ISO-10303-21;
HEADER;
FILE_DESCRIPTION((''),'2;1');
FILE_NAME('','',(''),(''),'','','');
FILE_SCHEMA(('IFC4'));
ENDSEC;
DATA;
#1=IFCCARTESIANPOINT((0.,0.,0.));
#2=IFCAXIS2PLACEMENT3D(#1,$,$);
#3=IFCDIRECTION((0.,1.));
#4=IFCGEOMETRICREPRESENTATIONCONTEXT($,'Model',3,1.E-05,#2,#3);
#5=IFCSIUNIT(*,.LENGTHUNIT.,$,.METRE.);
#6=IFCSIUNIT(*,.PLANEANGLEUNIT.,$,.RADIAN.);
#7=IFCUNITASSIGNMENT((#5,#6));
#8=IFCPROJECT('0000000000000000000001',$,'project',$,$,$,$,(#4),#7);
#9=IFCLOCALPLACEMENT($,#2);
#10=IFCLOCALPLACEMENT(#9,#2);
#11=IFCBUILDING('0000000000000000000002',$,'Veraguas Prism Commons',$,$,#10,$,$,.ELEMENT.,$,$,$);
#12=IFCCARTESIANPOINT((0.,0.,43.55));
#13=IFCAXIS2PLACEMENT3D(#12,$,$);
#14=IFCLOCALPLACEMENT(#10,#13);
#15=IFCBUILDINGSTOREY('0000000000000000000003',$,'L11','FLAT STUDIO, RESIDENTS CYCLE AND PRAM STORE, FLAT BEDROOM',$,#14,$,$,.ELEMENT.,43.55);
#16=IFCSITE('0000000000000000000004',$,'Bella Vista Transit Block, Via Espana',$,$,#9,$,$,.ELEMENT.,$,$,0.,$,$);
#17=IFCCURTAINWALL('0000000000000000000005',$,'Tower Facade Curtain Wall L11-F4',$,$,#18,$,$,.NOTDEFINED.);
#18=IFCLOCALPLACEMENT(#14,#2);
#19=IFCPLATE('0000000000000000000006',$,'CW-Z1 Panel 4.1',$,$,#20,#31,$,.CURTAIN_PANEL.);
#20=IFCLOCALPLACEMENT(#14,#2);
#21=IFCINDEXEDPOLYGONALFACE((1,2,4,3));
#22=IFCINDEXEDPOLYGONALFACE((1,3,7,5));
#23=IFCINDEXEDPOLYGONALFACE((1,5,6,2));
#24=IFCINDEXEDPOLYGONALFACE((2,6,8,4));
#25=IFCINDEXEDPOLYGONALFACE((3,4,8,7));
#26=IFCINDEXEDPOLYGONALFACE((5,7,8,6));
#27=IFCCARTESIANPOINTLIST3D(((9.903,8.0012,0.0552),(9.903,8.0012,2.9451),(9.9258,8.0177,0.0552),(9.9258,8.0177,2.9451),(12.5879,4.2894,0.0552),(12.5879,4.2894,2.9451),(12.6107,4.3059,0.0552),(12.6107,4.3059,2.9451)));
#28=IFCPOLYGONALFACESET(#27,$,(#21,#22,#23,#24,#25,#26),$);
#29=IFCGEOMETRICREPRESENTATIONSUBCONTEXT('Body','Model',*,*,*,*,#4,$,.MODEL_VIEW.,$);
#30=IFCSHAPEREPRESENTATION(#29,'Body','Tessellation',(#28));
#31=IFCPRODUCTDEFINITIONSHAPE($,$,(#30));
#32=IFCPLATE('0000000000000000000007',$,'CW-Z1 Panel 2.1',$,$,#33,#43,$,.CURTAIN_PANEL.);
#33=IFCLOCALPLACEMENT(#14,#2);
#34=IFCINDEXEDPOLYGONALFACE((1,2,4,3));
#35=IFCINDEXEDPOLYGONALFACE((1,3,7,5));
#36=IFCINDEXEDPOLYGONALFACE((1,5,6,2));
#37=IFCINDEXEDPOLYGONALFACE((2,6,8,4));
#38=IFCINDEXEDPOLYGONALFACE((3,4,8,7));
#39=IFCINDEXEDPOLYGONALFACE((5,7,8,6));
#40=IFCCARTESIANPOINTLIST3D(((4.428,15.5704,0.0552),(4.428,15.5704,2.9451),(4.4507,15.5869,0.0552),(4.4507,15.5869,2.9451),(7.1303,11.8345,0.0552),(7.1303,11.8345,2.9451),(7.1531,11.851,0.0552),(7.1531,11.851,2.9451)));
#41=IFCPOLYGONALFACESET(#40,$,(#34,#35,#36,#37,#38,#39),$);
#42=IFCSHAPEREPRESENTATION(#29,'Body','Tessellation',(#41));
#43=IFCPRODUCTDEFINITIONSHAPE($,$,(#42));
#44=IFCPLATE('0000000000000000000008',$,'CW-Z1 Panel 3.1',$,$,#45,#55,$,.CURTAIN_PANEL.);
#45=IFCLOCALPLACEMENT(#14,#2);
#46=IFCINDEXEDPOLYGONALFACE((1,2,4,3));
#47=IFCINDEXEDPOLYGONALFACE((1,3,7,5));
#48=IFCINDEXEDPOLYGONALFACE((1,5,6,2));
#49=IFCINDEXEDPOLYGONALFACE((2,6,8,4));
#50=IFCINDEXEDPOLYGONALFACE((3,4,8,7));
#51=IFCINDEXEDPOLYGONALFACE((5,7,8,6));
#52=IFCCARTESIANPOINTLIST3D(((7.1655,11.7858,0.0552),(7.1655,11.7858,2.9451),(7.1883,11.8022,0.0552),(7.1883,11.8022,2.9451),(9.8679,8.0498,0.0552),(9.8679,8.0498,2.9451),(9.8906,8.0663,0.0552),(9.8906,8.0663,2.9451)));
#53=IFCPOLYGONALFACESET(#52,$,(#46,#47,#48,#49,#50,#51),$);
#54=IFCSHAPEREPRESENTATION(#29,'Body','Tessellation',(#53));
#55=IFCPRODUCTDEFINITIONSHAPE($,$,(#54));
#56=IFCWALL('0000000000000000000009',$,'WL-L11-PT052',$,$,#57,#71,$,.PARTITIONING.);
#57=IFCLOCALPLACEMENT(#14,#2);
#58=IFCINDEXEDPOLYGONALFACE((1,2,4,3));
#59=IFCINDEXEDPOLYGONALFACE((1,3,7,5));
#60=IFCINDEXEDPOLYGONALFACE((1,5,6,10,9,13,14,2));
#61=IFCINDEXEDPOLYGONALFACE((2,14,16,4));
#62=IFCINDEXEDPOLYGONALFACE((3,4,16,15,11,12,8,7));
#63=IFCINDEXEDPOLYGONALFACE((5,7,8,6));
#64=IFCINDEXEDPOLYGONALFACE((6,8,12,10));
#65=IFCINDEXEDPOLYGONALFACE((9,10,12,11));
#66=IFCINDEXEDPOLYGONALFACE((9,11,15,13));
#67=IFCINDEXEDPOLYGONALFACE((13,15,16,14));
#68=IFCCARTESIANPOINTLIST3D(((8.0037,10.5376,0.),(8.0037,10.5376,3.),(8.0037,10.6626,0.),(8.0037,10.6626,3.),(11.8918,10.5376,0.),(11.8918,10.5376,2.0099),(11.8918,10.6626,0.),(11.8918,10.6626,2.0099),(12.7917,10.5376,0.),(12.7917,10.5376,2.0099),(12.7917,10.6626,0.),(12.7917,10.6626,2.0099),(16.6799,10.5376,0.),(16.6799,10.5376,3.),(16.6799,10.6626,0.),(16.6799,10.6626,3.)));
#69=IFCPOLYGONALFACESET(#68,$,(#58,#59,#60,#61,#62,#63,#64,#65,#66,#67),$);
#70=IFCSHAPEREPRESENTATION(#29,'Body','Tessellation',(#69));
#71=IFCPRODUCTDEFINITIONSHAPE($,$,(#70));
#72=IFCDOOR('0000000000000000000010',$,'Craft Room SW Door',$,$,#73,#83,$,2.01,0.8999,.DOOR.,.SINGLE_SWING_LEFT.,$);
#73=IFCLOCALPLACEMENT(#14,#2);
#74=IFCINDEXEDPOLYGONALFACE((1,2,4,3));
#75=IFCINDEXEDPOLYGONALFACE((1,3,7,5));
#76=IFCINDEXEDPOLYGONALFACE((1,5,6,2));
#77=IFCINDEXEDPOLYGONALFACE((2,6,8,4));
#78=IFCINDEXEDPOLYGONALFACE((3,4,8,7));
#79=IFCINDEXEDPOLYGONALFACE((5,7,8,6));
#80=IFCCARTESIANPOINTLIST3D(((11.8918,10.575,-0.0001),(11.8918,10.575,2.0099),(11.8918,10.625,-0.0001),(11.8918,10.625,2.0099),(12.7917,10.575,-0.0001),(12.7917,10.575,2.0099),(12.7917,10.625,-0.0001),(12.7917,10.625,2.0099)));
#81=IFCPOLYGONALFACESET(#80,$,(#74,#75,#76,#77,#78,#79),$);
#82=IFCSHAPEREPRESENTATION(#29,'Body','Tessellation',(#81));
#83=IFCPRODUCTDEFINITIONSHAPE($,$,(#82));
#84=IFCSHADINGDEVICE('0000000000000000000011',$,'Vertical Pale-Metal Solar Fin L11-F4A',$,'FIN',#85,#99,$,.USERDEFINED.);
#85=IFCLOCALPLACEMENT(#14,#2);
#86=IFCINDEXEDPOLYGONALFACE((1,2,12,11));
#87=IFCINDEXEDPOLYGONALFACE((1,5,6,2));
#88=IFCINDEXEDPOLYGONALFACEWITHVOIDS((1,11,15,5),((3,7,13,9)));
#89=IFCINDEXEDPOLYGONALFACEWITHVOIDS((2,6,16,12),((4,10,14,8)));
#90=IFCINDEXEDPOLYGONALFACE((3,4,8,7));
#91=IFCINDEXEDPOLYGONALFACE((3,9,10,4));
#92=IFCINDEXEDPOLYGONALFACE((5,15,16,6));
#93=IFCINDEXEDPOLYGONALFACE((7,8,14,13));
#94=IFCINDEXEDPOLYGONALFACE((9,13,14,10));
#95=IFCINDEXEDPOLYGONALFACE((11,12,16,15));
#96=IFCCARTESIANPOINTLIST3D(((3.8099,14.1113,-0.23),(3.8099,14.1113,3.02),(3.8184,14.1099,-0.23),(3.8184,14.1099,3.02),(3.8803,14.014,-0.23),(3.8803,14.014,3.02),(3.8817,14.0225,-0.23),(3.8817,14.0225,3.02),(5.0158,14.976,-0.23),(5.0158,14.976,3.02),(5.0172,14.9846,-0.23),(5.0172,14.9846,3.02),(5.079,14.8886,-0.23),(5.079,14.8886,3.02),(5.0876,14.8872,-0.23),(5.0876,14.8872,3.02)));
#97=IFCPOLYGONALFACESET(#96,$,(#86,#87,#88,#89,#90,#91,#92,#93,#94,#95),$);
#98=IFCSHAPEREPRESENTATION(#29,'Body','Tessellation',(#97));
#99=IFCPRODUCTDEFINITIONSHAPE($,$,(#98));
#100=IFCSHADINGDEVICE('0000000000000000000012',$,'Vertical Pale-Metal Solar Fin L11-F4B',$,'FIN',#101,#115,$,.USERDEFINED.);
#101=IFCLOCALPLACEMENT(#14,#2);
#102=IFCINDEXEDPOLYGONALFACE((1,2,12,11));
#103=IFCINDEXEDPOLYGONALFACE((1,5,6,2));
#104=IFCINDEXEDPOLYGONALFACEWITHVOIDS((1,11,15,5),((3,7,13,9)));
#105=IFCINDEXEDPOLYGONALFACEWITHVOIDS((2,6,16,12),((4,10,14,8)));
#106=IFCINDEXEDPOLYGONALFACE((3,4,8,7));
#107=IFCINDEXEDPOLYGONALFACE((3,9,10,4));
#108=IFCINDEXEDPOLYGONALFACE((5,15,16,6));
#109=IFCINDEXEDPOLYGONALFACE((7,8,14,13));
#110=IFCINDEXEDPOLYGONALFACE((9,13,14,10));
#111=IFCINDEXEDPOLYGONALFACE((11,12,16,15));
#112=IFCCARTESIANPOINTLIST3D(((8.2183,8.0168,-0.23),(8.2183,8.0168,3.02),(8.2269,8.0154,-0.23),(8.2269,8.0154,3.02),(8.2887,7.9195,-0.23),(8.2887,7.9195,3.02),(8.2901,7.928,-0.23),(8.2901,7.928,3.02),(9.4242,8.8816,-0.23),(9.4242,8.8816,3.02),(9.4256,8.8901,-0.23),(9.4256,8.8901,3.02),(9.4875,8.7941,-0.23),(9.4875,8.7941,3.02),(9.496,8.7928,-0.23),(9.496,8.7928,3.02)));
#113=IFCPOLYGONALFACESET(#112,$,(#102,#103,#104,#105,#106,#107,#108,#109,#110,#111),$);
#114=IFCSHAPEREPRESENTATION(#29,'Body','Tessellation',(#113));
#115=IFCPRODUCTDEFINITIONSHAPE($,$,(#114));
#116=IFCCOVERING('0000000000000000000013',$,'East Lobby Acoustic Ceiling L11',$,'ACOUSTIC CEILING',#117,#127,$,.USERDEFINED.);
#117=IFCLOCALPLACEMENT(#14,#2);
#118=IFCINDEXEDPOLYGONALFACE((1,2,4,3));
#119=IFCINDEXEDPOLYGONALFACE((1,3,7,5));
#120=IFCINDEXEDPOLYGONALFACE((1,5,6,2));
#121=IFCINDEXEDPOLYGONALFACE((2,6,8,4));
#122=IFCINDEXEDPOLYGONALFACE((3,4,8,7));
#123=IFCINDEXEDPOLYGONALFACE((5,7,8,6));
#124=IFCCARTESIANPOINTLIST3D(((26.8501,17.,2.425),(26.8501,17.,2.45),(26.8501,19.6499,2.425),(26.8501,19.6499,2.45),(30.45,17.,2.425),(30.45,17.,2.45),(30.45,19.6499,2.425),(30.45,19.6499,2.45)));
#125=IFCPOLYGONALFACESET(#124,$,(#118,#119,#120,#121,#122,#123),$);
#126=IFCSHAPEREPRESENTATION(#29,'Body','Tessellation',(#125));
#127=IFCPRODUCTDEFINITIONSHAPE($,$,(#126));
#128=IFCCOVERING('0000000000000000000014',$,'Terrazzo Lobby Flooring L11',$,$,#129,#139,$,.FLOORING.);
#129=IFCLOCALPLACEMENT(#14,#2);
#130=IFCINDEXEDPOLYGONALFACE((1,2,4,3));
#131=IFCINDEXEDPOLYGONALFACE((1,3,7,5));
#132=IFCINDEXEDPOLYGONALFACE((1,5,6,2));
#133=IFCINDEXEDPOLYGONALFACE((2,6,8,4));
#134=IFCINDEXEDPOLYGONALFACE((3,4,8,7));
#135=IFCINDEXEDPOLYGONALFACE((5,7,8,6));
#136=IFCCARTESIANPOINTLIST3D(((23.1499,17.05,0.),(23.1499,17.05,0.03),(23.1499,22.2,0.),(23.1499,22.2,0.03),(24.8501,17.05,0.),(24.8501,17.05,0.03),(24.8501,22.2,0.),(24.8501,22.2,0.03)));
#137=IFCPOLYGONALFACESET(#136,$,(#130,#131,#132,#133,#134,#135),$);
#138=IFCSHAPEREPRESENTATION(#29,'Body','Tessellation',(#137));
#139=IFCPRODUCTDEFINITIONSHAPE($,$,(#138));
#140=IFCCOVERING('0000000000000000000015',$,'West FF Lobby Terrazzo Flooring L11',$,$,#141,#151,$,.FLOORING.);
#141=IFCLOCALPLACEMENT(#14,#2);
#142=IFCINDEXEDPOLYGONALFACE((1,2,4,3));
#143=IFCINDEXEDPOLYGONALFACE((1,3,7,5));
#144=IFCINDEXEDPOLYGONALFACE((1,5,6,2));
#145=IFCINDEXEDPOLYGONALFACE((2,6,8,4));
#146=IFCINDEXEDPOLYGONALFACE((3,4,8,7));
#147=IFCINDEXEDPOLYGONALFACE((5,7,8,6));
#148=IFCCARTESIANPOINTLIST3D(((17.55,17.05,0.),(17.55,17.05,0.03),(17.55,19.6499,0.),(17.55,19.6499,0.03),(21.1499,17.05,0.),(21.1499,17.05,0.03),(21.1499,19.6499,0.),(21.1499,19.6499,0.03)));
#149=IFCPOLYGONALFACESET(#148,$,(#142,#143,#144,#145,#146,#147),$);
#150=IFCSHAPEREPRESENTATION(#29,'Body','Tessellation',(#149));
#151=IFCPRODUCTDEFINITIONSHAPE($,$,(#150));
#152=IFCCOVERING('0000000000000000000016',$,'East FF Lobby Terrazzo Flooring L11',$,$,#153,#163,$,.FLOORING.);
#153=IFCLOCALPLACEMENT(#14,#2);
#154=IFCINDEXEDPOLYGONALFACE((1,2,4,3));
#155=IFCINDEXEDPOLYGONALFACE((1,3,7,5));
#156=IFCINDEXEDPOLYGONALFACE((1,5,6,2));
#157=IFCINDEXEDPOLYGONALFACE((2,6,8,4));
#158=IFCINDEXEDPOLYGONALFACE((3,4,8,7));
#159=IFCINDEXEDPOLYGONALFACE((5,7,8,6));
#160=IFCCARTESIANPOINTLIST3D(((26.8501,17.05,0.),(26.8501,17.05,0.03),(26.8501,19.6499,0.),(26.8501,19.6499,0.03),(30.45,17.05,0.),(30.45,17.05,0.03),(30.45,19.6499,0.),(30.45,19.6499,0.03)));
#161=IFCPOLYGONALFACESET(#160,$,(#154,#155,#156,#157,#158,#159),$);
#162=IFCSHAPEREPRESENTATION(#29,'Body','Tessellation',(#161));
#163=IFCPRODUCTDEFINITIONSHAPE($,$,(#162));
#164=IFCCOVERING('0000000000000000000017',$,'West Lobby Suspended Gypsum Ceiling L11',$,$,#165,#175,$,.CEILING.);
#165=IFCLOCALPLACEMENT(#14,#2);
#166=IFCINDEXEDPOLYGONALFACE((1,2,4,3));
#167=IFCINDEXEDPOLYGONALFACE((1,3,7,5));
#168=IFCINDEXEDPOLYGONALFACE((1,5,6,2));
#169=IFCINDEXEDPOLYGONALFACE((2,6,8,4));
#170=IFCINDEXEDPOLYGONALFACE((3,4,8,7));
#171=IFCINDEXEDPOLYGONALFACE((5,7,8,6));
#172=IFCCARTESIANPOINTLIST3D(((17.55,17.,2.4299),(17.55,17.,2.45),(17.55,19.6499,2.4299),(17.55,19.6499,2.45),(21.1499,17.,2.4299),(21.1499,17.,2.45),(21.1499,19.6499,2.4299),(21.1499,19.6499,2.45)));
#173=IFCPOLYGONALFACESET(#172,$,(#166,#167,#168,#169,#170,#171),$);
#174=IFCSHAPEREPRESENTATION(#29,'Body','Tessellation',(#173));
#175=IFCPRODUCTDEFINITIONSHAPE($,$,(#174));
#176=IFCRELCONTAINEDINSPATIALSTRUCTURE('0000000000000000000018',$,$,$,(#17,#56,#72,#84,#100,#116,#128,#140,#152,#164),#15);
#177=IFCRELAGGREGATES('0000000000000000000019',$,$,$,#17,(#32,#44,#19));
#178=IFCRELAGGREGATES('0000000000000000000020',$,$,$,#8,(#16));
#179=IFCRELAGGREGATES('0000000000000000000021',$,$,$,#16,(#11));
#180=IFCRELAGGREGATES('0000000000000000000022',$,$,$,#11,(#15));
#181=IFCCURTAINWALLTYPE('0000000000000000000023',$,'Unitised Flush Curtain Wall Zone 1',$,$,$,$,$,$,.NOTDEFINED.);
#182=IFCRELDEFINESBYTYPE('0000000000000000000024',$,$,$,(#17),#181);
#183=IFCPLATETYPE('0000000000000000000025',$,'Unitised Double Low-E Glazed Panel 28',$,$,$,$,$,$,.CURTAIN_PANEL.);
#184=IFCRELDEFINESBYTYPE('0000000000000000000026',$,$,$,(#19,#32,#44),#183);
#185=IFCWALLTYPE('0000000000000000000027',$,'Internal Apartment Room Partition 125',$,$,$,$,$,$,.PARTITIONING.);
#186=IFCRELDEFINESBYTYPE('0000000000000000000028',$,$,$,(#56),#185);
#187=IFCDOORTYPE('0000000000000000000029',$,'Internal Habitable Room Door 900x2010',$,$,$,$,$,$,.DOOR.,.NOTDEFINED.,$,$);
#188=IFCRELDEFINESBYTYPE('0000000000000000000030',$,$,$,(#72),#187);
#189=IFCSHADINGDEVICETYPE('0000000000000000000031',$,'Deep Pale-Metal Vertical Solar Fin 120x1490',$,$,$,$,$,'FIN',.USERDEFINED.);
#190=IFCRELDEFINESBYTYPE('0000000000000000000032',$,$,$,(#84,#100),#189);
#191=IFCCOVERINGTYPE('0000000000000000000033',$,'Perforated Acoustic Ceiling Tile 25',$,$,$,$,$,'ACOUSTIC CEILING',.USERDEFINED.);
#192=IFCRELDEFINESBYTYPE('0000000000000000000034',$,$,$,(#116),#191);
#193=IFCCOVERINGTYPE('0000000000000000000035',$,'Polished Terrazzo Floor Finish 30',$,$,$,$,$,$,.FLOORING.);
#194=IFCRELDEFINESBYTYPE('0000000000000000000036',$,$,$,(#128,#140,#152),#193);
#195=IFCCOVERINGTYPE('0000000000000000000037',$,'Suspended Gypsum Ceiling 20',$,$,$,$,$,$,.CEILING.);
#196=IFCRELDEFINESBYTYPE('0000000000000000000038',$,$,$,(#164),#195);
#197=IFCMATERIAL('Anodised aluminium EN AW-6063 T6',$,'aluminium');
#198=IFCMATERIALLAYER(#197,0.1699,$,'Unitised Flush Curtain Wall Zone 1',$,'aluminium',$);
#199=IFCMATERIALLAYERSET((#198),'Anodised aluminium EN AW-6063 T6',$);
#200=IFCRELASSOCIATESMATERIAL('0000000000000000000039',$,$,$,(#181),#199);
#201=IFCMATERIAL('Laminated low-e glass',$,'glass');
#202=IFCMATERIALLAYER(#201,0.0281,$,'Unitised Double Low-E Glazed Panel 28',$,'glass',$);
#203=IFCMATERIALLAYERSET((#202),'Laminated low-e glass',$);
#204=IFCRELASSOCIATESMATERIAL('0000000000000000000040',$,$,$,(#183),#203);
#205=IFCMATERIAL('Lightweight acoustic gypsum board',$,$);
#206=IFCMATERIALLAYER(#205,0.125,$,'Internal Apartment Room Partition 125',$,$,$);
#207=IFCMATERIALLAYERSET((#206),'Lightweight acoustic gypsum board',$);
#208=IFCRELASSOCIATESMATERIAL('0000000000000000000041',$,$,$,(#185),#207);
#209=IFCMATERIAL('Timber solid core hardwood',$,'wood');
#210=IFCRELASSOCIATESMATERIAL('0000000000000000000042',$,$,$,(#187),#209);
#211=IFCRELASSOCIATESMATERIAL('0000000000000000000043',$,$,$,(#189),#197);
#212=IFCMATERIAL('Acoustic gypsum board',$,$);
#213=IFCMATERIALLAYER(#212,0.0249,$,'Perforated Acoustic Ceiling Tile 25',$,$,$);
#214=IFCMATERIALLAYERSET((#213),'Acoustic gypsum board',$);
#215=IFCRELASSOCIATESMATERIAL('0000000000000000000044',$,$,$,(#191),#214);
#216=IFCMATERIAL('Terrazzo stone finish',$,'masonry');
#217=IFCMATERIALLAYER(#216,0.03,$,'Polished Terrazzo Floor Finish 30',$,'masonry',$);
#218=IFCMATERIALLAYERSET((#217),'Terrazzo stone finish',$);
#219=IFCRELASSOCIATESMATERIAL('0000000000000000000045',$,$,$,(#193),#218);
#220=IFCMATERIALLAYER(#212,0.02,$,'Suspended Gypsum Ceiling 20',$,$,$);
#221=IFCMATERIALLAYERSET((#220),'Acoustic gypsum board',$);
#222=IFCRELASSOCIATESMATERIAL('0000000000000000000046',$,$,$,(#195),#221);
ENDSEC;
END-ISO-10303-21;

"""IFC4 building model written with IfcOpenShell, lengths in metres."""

from ifc_helpers import new_model, si_unit, direction, frame, frame_2d, origin, origin_2d, place, context, subcontext, project, spatial, polyline, rectangle, hollow_rectangle, outline, extrude, source, transform, mapped, material, layer, layer_set, material_profile, profile_set, type_object, element, fill, aggregate, save


model = new_model("IFC4")

# Units and contexts
model_context = context("Model", 3, precision=1e-05, world=origin(), true_north=direction((0.0, 1.0)))
body_context = subcontext(model_context, "Body", "Model", "MODEL_VIEW")
ifc_project = project(units=[si_unit("LENGTHUNIT", "METRE"), si_unit("PLANEANGLEUNIT", "RADIAN")], contexts=[model_context])

# Site, building, storey
site_placement = place(None, origin())
site = spatial("IfcSite", under=ifc_project, at=site_placement, Name="Bella Vista Transit Block, Via Espana", CompositionType="ELEMENT", RefElevation=0.0)
building_placement = place(site_placement, origin())
building = spatial("IfcBuilding", under=site, at=building_placement, Name="Veraguas Prism Commons", CompositionType="ELEMENT")
storey_placement = place(building_placement, frame((0.0, 0.0, 43.55)))
storey = spatial("IfcBuildingStorey", under=building, at=storey_placement, Name="L11", Description="FLAT STUDIO, RESIDENTS CYCLE AND PRAM STORE, FLAT BEDROOM", CompositionType="ELEMENT", Elevation=43.55)

# Curtain wall
ifc_material_1 = material(Name="Anodised aluminium EN AW-6063 T6", Category="aluminium")
ifc_layer_1 = layer(ifc_material_1, 0.1699, Name="Unitised Flush Curtain Wall Zone 1", Category="aluminium")
ifc_layer_set_1 = layer_set([ifc_layer_1], Name="Anodised aluminium EN AW-6063 T6")
curtain_wall_type = type_object("IfcCurtainWallType", Name="Unitised Flush Curtain Wall Zone 1", PredefinedType="NOTDEFINED", material=ifc_layer_set_1)
curtain_wall_1_placement = place(storey_placement, origin())
curtain_wall_1 = element("IfcCurtainWall", 1, at=curtain_wall_1_placement, inside=storey, type_object=curtain_wall_type, Name="Tower Facade Curtain Wall L11-F4", PredefinedType="NOTDEFINED")

# Plates
ifc_material_2 = material(Name="Laminated low-e glass", Category="glass")
ifc_layer_2 = layer(ifc_material_2, 0.0281, Name="Unitised Double Low-E Glazed Panel 28", Category="glass")
ifc_layer_set_2 = layer_set([ifc_layer_2], Name="Laminated low-e glass")
plate_type = type_object("IfcPlateType", Name="Unitised Double Low-E Glazed Panel 28", PredefinedType="CURTAIN_PANEL", material=ifc_layer_set_2)
shared_shape_1 = source(origin(), body_context, "Body", "SweptSolid", [
    extrude(rectangle(XDim=4.5811, YDim=0.0281, at=origin_2d()), origin(), (0.0, 0.0, 1.0), 2.8899),
])
plate_1_placement = place(storey_placement, frame((11.2568, 6.1536, 0.0552), z_axis=(0.0, 0.0, 1.0), x_axis=(0.586087, -0.810248, 0.0)))
plate_1 = element("IfcPlate", 2, at=plate_1_placement, type_object=plate_type, Name="CW-Z1 Panel 4.1", PredefinedType="CURTAIN_PANEL", context=body_context, shape_type="MappedRepresentation", body=[
    mapped(shared_shape_1, transform((0.0, 0.0, 0.0), scale=1.0)),
])
shared_shape_2 = source(origin(), body_context, "Body", "SweptSolid", [
    extrude(rectangle(XDim=4.6108, YDim=0.0281, at=origin_2d()), origin(), (0.0, 0.0, 1.0), 2.8899),
])
plate_2_placement = place(storey_placement, frame((5.7905, 13.7107, 0.0552), z_axis=(0.0, 0.0, 1.0), x_axis=(0.586087, -0.810248, 0.0)))
plate_2 = element("IfcPlate", 3, at=plate_2_placement, type_object=plate_type, Name="CW-Z1 Panel 2.1", PredefinedType="CURTAIN_PANEL", context=body_context, shape_type="MappedRepresentation", body=[
    mapped(shared_shape_2, transform((0.0, 0.0, 0.0), scale=1.0)),
])
plate_3_placement = place(storey_placement, frame((8.5281, 9.926, 0.0552), z_axis=(0.0, 0.0, 1.0), x_axis=(0.586087, -0.810248, 0.0)))
plate_3 = element("IfcPlate", 4, at=plate_3_placement, type_object=plate_type, Name="CW-Z1 Panel 3.1", PredefinedType="CURTAIN_PANEL", context=body_context, shape_type="MappedRepresentation", body=[
    mapped(shared_shape_2, transform((0.0, 0.0, 0.0), scale=1.0)),
])
aggregate(curtain_wall_1, [plate_2, plate_3, plate_1])

# Wall, opening, door
ifc_material_3 = material(Name="Lightweight acoustic gypsum board")
ifc_layer_3 = layer(ifc_material_3, 0.125, Name="Internal Apartment Room Partition 125")
ifc_layer_set_3 = layer_set([ifc_layer_3], Name="Lightweight acoustic gypsum board")
wall_type = type_object("IfcWallType", Name="Internal Apartment Room Partition 125", PredefinedType="PARTITIONING", material=ifc_layer_set_3)
wall_placement = place(storey_placement, frame((8.0037, 10.6001, 0.0), z_axis=(0.0, 0.0, 1.0), x_axis=(1.0, 0.0, 0.0)))
wall = element("IfcWall", 5, at=wall_placement, inside=storey, type_object=wall_type, Name="WL-L11-PT052", PredefinedType="PARTITIONING", context=body_context, shape_type="SweptSolid", body=[
    extrude(rectangle(XDim=8.6763, YDim=0.125, at=frame_2d((4.3381, 0.0))), origin(), (0.0, 0.0, 1.0), 3.0),
])
opening_placement = place(wall_placement, frame((3.8882, 0.0, 0.0)))
opening = element("IfcOpeningElement", 6, at=opening_placement, cuts=wall, PredefinedType="OPENING", context=body_context, shape_type="SweptSolid", body=[
    extrude(rectangle(XDim=0.8999, YDim=2.01, at=frame_2d((0.45, 1.0049))), frame((0.0, 0.0725, 0.0), z_axis=(0.0, -1.0, 0.0), x_axis=(1.0, 0.0, 0.0)), (0.0, 0.0, 1.0), 0.145),
])
ifc_material_4 = material(Name="Timber solid core hardwood", Category="wood")
door_type = type_object("IfcDoorType", Name="Internal Habitable Room Door 900x2010", OperationType="NOTDEFINED", PredefinedType="DOOR", material=ifc_material_4)
shared_shape_3 = source(origin(), body_context, "Body", "SweptSolid", [
    extrude(rectangle(XDim=0.8999, YDim=2.01, at=frame_2d((0.45, 1.0049))), frame((0.0, 0.0249, 0.0), z_axis=(0.0, -1.0, 0.0), x_axis=(1.0, 0.0, 0.0)), (0.0, 0.0, 1.0), 0.05),
])
door_placement = place(opening_placement, origin())
door = element("IfcDoor", 7, at=door_placement, inside=storey, type_object=door_type, Name="Craft Room SW Door", OperationType="SINGLE_SWING_LEFT", OverallHeight=2.01, OverallWidth=0.8999, PredefinedType="DOOR", context=body_context, shape_type="MappedRepresentation", body=[
    mapped(shared_shape_3, transform((0.0, 0.0, 0.0), scale=1.0)),
])
fill(opening, door)

# Shading devices
ifc_material_profile_1 = material_profile(ifc_material_1, hollow_rectangle(XDim=0.1201, YDim=1.49, WallThickness=0.0061, at=origin_2d()), Name="FIN120X1490X6")
ifc_profile_set_1 = profile_set([ifc_material_profile_1], Name="Anodised aluminium EN AW-6063 T6")
shading_device_type = type_object("IfcShadingDeviceType", Name="Deep Pale-Metal Vertical Solar Fin 120x1490", ElementType="FIN", PredefinedType="USERDEFINED", material=ifc_profile_set_1)
for number, where, z_axis, x_axis, name in (
    (8, (4.4487, 14.4993, -0.23), (0.0, 0.0, 1.0), (0.58609, -0.810246, 0.0), "Vertical Pale-Metal Solar Fin L11-F4A"),
    (9, (8.8572, 8.4048, -0.23), (0.0, 0.0, 1.0), (0.58609, -0.810246, 0.0), "Vertical Pale-Metal Solar Fin L11-F4B"),
):
    element("IfcShadingDevice", number, at=place(storey_placement, frame(where, z_axis=z_axis, x_axis=x_axis)), inside=storey, type_object=shading_device_type, Name=name, ObjectType="FIN", PredefinedType="USERDEFINED", context=body_context, shape_type="SweptSolid", body=[
        extrude(hollow_rectangle(XDim=0.1201, YDim=1.49, WallThickness=0.0061, at=origin_2d()), origin(), (0.0, 0.0, 1.0), 3.25),
    ])

# Coverings
ifc_material_5 = material(Name="Acoustic gypsum board")
ifc_layer_4 = layer(ifc_material_5, 0.0249, Name="Perforated Acoustic Ceiling Tile 25")
ifc_layer_set_4 = layer_set([ifc_layer_4], Name="Acoustic gypsum board")
covering_type_1 = type_object("IfcCoveringType", Name="Perforated Acoustic Ceiling Tile 25", ElementType="ACOUSTIC CEILING", PredefinedType="USERDEFINED", material=ifc_layer_set_4)
covering_1_placement = place(storey_placement, frame((0.0, 0.0, 2.425)))
element("IfcCovering", 10, at=covering_1_placement, inside=storey, type_object=covering_type_1, Name="East Lobby Acoustic Ceiling L11", ObjectType="ACOUSTIC CEILING", PredefinedType="USERDEFINED", context=body_context, shape_type="SweptSolid", body=[
    extrude(outline(polyline([(26.8501, 17.0), (30.45, 17.0), (30.45, 19.6499), (26.8501, 19.6499), (26.8501, 17.0)])), origin(), (0.0, 0.0, 1.0), 0.0249),
])
ifc_material_6 = material(Name="Terrazzo stone finish", Category="masonry")
ifc_layer_5 = layer(ifc_material_6, 0.03, Name="Polished Terrazzo Floor Finish 30", Category="masonry")
ifc_layer_set_5 = layer_set([ifc_layer_5], Name="Terrazzo stone finish")
covering_type_2 = type_object("IfcCoveringType", Name="Polished Terrazzo Floor Finish 30", PredefinedType="FLOORING", material=ifc_layer_set_5)
covering_2_placement = place(storey_placement, origin())
element("IfcCovering", 11, at=covering_2_placement, inside=storey, type_object=covering_type_2, Name="Terrazzo Lobby Flooring L11", PredefinedType="FLOORING", context=body_context, shape_type="SweptSolid", body=[
    extrude(outline(polyline([(23.1499, 17.05), (24.8501, 17.05), (24.8501, 22.2), (23.1499, 22.2), (23.1499, 17.05)])), origin(), (0.0, 0.0, 1.0), 0.03),
])
covering_3_placement = place(storey_placement, origin())
element("IfcCovering", 12, at=covering_3_placement, inside=storey, type_object=covering_type_2, Name="West FF Lobby Terrazzo Flooring L11", PredefinedType="FLOORING", context=body_context, shape_type="SweptSolid", body=[
    extrude(outline(polyline([(17.55, 17.05), (21.1499, 17.05), (21.1499, 19.6499), (17.55, 19.6499), (17.55, 17.05)])), origin(), (0.0, 0.0, 1.0), 0.03),
])
covering_4_placement = place(storey_placement, origin())
element("IfcCovering", 13, at=covering_4_placement, inside=storey, type_object=covering_type_2, Name="East FF Lobby Terrazzo Flooring L11", PredefinedType="FLOORING", context=body_context, shape_type="SweptSolid", body=[
    extrude(outline(polyline([(26.8501, 17.05), (30.45, 17.05), (30.45, 19.6499), (26.8501, 19.6499), (26.8501, 17.05)])), origin(), (0.0, 0.0, 1.0), 0.03),
])
ifc_layer_6 = layer(ifc_material_5, 0.02, Name="Suspended Gypsum Ceiling 20")
ifc_layer_set_6 = layer_set([ifc_layer_6], Name="Acoustic gypsum board")
covering_type_3 = type_object("IfcCoveringType", Name="Suspended Gypsum Ceiling 20", PredefinedType="CEILING", material=ifc_layer_set_6)
covering_5_placement = place(storey_placement, frame((0.0, 0.0, 2.4299)))
element("IfcCovering", 14, at=covering_5_placement, inside=storey, type_object=covering_type_3, Name="West Lobby Suspended Gypsum Ceiling L11", PredefinedType="CEILING", context=body_context, shape_type="SweptSolid", body=[
    extrude(outline(polyline([(17.55, 17.0), (21.1499, 17.0), (21.1499, 19.6499), (17.55, 19.6499), (17.55, 17.0)])), origin(), (0.0, 0.0, 1.0), 0.02),
])

save(model, "model.ifc")
